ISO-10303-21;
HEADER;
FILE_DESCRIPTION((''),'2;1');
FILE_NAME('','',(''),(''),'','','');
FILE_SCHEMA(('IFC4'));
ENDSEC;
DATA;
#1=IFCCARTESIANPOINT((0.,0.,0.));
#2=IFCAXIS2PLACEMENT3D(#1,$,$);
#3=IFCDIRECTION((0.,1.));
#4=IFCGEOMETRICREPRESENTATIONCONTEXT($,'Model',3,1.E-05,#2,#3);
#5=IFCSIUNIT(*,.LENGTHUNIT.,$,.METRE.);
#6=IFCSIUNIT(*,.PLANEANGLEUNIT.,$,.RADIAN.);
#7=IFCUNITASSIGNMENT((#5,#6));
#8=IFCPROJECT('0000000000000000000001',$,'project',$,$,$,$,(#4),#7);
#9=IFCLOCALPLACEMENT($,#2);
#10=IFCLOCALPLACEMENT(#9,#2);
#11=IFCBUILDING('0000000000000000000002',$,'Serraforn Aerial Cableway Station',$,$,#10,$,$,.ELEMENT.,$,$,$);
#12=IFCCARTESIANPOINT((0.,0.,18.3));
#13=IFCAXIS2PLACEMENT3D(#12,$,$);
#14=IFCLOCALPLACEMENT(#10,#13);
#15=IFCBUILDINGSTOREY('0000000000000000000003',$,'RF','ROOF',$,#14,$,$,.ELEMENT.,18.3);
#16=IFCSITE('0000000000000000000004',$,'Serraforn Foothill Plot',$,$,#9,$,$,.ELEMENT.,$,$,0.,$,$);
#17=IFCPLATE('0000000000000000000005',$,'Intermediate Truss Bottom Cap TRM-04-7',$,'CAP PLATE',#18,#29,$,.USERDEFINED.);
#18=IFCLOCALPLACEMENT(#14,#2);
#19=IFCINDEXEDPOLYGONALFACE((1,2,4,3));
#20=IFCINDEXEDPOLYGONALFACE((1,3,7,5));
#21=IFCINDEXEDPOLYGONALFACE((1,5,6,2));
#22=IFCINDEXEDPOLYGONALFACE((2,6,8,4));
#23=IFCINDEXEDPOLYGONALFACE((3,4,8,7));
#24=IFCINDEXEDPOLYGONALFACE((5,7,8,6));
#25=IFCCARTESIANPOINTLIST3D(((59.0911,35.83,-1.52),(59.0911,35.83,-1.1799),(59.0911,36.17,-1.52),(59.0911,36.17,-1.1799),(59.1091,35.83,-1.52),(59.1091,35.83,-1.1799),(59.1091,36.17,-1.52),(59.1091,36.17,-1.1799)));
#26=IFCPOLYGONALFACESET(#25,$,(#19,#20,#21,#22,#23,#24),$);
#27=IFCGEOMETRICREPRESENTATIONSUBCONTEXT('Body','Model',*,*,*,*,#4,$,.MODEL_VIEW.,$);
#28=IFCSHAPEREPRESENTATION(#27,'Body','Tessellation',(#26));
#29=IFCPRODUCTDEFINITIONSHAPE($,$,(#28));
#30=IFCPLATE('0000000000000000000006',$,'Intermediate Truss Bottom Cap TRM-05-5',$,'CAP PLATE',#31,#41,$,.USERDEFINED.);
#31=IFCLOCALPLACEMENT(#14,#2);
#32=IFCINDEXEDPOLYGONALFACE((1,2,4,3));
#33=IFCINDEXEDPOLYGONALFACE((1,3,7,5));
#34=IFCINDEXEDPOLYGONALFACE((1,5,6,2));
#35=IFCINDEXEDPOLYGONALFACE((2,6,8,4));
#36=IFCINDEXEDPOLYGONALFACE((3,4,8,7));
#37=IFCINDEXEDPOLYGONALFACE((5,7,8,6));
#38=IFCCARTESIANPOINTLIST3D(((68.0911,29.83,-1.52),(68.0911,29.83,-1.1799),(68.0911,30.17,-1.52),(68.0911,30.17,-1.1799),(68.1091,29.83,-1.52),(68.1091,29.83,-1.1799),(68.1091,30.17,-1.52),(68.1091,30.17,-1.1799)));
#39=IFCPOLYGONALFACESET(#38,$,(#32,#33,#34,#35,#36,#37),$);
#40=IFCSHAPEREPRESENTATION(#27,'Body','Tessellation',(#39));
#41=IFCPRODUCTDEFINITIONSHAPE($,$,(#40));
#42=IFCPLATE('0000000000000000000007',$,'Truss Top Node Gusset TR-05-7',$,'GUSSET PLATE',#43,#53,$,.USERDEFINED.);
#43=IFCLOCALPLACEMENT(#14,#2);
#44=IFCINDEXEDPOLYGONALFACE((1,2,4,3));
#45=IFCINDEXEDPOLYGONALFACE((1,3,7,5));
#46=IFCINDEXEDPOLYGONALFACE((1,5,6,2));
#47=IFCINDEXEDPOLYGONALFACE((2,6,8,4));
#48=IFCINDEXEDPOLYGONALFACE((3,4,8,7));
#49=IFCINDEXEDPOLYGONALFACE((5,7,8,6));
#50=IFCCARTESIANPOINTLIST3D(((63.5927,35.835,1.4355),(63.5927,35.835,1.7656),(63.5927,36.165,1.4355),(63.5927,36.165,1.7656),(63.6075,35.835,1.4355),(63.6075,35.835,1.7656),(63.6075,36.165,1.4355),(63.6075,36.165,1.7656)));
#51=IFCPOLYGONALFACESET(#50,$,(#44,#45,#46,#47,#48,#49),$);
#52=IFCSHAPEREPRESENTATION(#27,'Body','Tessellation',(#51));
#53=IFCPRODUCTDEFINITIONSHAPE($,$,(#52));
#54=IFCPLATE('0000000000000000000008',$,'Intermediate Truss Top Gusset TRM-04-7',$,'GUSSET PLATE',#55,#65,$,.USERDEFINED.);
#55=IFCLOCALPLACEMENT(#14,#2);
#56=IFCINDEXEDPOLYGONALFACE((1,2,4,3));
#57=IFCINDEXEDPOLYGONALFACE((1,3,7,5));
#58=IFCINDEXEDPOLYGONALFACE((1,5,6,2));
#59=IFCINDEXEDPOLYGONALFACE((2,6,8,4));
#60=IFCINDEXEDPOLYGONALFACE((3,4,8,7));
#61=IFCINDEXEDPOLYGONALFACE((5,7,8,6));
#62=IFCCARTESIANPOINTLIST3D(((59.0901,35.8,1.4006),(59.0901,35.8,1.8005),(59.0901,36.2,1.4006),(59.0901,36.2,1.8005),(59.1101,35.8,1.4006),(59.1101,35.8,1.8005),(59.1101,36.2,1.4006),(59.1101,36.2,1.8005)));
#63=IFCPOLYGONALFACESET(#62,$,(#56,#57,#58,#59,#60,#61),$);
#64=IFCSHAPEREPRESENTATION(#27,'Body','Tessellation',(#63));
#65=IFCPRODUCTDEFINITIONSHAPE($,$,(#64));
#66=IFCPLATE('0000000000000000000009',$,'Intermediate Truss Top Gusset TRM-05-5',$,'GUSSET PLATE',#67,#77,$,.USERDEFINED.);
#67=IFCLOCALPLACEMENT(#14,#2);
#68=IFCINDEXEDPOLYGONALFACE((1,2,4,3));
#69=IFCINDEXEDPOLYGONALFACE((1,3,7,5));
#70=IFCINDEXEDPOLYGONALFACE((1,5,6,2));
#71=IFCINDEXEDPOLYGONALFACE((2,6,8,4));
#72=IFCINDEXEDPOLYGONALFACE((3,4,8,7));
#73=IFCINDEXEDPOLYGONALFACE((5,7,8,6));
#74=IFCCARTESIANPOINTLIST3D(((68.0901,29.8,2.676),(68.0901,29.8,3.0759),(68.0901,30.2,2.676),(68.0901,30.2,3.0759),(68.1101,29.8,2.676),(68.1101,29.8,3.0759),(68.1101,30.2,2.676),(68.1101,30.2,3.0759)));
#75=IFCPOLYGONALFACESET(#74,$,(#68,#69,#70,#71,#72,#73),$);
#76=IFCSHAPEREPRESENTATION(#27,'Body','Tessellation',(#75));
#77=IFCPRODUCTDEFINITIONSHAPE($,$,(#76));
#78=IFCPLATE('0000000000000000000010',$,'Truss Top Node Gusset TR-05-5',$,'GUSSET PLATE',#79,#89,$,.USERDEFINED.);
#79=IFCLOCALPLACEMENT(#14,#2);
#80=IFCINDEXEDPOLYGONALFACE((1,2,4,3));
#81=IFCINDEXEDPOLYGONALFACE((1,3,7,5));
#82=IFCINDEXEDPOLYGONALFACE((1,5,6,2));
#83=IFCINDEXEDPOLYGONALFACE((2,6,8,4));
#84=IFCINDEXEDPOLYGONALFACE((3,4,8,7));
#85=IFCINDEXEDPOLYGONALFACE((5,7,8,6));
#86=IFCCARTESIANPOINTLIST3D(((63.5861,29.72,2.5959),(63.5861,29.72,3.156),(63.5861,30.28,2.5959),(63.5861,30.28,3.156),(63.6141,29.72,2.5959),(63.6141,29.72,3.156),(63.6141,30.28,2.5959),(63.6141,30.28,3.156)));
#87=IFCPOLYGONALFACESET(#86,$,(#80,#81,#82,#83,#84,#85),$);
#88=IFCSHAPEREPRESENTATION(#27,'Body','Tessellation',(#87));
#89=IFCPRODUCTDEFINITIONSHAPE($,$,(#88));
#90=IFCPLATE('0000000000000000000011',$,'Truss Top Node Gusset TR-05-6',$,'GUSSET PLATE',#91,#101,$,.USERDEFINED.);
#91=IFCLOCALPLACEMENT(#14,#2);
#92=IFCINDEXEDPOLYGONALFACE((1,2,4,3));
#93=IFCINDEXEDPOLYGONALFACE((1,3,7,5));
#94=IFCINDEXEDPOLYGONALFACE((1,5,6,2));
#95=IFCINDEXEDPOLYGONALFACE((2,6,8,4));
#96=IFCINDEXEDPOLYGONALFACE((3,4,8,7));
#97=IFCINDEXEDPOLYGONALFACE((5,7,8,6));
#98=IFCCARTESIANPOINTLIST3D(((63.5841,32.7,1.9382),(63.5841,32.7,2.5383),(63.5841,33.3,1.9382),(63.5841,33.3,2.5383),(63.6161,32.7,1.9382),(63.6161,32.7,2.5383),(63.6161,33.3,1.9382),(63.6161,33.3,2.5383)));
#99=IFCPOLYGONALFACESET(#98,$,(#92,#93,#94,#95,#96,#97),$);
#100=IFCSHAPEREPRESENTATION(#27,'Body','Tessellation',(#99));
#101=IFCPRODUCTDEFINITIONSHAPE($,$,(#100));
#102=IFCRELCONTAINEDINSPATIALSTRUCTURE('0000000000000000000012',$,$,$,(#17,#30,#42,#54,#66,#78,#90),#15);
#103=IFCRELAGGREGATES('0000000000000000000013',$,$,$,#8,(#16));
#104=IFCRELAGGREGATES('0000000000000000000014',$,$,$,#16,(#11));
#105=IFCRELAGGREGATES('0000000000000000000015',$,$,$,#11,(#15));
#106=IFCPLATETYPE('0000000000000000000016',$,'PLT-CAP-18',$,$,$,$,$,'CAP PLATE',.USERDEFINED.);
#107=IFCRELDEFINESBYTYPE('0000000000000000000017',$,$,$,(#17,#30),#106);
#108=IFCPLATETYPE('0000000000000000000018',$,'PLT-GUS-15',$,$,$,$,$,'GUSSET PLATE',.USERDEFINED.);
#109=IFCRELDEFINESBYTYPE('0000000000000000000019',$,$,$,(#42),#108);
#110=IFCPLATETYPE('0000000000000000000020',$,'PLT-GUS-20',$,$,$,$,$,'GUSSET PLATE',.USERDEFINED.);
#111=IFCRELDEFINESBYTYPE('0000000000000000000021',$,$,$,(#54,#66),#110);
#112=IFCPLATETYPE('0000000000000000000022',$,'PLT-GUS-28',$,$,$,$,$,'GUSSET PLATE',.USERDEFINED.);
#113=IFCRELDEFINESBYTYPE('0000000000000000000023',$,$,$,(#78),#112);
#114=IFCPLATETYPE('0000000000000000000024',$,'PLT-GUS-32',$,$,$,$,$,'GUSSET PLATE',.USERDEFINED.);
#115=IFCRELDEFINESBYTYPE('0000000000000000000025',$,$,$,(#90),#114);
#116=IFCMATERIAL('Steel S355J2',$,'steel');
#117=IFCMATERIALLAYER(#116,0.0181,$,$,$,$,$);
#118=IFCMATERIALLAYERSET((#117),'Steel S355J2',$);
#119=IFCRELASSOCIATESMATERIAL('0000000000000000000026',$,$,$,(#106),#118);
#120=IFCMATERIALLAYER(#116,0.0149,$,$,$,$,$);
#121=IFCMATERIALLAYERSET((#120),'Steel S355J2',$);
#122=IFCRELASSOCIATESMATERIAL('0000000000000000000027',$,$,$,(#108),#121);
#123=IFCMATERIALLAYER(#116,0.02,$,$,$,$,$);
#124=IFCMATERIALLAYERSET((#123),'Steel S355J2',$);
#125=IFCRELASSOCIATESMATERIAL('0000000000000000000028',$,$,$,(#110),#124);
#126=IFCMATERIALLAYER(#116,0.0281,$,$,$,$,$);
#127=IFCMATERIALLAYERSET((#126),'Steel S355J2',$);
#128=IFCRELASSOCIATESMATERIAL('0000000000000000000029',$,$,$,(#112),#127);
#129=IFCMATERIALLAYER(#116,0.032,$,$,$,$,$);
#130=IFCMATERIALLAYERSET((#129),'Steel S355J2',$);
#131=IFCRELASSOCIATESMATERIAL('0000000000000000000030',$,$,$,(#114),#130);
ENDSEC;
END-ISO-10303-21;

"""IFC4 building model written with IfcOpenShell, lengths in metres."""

from ifc_helpers import new_model, si_unit, direction, frame, origin, origin_2d, place, context, subcontext, project, spatial, rectangle, extrude, material, layer, layer_set, type_object, element, save


model = new_model("IFC4")

# Units and contexts
model_context = context("Model", 3, precision=1e-05, world=origin(), true_north=direction((0.0, 1.0)))
body_context = subcontext(model_context, "Body", "Model", "MODEL_VIEW")
ifc_project = project(units=[si_unit("LENGTHUNIT", "METRE"), si_unit("PLANEANGLEUNIT", "RADIAN")], contexts=[model_context])

# Site, building, storey
site_placement = place(None, origin())
site = spatial("IfcSite", under=ifc_project, at=site_placement, Name="Serraforn Foothill Plot", CompositionType="ELEMENT", RefElevation=0.0)
building_placement = place(site_placement, origin())
building = spatial("IfcBuilding", under=site, at=building_placement, Name="Serraforn Aerial Cableway Station", CompositionType="ELEMENT")
storey_placement = place(building_placement, frame((0.0, 0.0, 18.3)))
storey = spatial("IfcBuildingStorey", under=building, at=storey_placement, Name="RF", Description="ROOF", CompositionType="ELEMENT", Elevation=18.3)

# Shared definitions
ifc_material_1 = material(Name="Steel S355J2", Category="steel")

# Plates
ifc_layer_1 = layer(ifc_material_1, 0.0181)
ifc_layer_set_1 = layer_set([ifc_layer_1], Name="Steel S355J2")
plate_type_1 = type_object("IfcPlateType", Name="PLT-CAP-18", ElementType="CAP PLATE", PredefinedType="USERDEFINED", material=ifc_layer_set_1)
for number, where, z_axis, x_axis, name in (
    (1, (59.1001, 36.0, -1.52), (0.0, 0.0, 1.0), (1.0, 0.0, 0.0), "Intermediate Truss Bottom Cap TRM-04-7"),
    (2, (68.1001, 30.0, -1.52), (0.0, 0.0, 1.0), (1.0, 0.0, 0.0), "Intermediate Truss Bottom Cap TRM-05-5"),
):
    element("IfcPlate", number, at=place(storey_placement, frame(where, z_axis=z_axis, x_axis=x_axis)), inside=storey, type_object=plate_type_1, Name=name, ObjectType="CAP PLATE", PredefinedType="USERDEFINED", context=body_context, shape_type="SweptSolid", body=[
        extrude(rectangle(XDim=0.0181, YDim=0.3401, at=origin_2d()), origin(), (0.0, 0.0, 1.0), 0.3401),
    ])
ifc_layer_2 = layer(ifc_material_1, 0.0149)
ifc_layer_set_2 = layer_set([ifc_layer_2], Name="Steel S355J2")
plate_type_2 = type_object("IfcPlateType", Name="PLT-GUS-15", ElementType="GUSSET PLATE", PredefinedType="USERDEFINED", material=ifc_layer_set_2)
plate_1_placement = place(storey_placement, frame((63.6001, 36.0, 1.4355), z_axis=(0.0, 0.0, 1.0), x_axis=(1.0, 0.0, 0.0)))
element("IfcPlate", 3, at=plate_1_placement, inside=storey, type_object=plate_type_2, Name="Truss Top Node Gusset TR-05-7", ObjectType="GUSSET PLATE", PredefinedType="USERDEFINED", context=body_context, shape_type="SweptSolid", body=[
    extrude(rectangle(XDim=0.0149, YDim=0.3301, at=origin_2d()), origin(), (0.0, 0.0, 1.0), 0.3301),
])
ifc_layer_3 = layer(ifc_material_1, 0.02)
ifc_layer_set_3 = layer_set([ifc_layer_3], Name="Steel S355J2")
plate_type_3 = type_object("IfcPlateType", Name="PLT-GUS-20", ElementType="GUSSET PLATE", PredefinedType="USERDEFINED", material=ifc_layer_set_3)
for number, where, z_axis, x_axis, name in (
    (4, (59.1001, 36.0, 1.4006), (0.0, 0.0, 1.0), (1.0, 0.0, 0.0), "Intermediate Truss Top Gusset TRM-04-7"),
    (5, (68.1001, 30.0, 2.676), (0.0, 0.0, 1.0), (1.0, 0.0, 0.0), "Intermediate Truss Top Gusset TRM-05-5"),
):
    element("IfcPlate", number, at=place(storey_placement, frame(where, z_axis=z_axis, x_axis=x_axis)), inside=storey, type_object=plate_type_3, Name=name, ObjectType="GUSSET PLATE", PredefinedType="USERDEFINED", context=body_context, shape_type="SweptSolid", body=[
        extrude(rectangle(XDim=0.02, YDim=0.3999, at=origin_2d()), origin(), (0.0, 0.0, 1.0), 0.3999),
    ])
ifc_layer_4 = layer(ifc_material_1, 0.0281)
ifc_layer_set_4 = layer_set([ifc_layer_4], Name="Steel S355J2")
plate_type_4 = type_object("IfcPlateType", Name="PLT-GUS-28", ElementType="GUSSET PLATE", PredefinedType="USERDEFINED", material=ifc_layer_set_4)
plate_2_placement = place(storey_placement, frame((63.6001, 30.0, 2.5959), z_axis=(0.0, 0.0, 1.0), x_axis=(1.0, 0.0, 0.0)))
element("IfcPlate", 6, at=plate_2_placement, inside=storey, type_object=plate_type_4, Name="Truss Top Node Gusset TR-05-5", ObjectType="GUSSET PLATE", PredefinedType="USERDEFINED", context=body_context, shape_type="SweptSolid", body=[
    extrude(rectangle(XDim=0.0281, YDim=0.5601, at=origin_2d()), origin(), (0.0, 0.0, 1.0), 0.5601),
])
ifc_layer_5 = layer(ifc_material_1, 0.032)
ifc_layer_set_5 = layer_set([ifc_layer_5], Name="Steel S355J2")
plate_type_5 = type_object("IfcPlateType", Name="PLT-GUS-32", ElementType="GUSSET PLATE", PredefinedType="USERDEFINED", material=ifc_layer_set_5)
plate_3_placement = place(storey_placement, frame((63.6001, 33.0, 1.9382), z_axis=(0.0, 0.0, 1.0), x_axis=(1.0, 0.0, 0.0)))
element("IfcPlate", 7, at=plate_3_placement, inside=storey, type_object=plate_type_5, Name="Truss Top Node Gusset TR-05-6", ObjectType="GUSSET PLATE", PredefinedType="USERDEFINED", context=body_context, shape_type="SweptSolid", body=[
    extrude(rectangle(XDim=0.032, YDim=0.6001, at=origin_2d()), origin(), (0.0, 0.0, 1.0), 0.6001),
])

save(model, "model.ifc")
